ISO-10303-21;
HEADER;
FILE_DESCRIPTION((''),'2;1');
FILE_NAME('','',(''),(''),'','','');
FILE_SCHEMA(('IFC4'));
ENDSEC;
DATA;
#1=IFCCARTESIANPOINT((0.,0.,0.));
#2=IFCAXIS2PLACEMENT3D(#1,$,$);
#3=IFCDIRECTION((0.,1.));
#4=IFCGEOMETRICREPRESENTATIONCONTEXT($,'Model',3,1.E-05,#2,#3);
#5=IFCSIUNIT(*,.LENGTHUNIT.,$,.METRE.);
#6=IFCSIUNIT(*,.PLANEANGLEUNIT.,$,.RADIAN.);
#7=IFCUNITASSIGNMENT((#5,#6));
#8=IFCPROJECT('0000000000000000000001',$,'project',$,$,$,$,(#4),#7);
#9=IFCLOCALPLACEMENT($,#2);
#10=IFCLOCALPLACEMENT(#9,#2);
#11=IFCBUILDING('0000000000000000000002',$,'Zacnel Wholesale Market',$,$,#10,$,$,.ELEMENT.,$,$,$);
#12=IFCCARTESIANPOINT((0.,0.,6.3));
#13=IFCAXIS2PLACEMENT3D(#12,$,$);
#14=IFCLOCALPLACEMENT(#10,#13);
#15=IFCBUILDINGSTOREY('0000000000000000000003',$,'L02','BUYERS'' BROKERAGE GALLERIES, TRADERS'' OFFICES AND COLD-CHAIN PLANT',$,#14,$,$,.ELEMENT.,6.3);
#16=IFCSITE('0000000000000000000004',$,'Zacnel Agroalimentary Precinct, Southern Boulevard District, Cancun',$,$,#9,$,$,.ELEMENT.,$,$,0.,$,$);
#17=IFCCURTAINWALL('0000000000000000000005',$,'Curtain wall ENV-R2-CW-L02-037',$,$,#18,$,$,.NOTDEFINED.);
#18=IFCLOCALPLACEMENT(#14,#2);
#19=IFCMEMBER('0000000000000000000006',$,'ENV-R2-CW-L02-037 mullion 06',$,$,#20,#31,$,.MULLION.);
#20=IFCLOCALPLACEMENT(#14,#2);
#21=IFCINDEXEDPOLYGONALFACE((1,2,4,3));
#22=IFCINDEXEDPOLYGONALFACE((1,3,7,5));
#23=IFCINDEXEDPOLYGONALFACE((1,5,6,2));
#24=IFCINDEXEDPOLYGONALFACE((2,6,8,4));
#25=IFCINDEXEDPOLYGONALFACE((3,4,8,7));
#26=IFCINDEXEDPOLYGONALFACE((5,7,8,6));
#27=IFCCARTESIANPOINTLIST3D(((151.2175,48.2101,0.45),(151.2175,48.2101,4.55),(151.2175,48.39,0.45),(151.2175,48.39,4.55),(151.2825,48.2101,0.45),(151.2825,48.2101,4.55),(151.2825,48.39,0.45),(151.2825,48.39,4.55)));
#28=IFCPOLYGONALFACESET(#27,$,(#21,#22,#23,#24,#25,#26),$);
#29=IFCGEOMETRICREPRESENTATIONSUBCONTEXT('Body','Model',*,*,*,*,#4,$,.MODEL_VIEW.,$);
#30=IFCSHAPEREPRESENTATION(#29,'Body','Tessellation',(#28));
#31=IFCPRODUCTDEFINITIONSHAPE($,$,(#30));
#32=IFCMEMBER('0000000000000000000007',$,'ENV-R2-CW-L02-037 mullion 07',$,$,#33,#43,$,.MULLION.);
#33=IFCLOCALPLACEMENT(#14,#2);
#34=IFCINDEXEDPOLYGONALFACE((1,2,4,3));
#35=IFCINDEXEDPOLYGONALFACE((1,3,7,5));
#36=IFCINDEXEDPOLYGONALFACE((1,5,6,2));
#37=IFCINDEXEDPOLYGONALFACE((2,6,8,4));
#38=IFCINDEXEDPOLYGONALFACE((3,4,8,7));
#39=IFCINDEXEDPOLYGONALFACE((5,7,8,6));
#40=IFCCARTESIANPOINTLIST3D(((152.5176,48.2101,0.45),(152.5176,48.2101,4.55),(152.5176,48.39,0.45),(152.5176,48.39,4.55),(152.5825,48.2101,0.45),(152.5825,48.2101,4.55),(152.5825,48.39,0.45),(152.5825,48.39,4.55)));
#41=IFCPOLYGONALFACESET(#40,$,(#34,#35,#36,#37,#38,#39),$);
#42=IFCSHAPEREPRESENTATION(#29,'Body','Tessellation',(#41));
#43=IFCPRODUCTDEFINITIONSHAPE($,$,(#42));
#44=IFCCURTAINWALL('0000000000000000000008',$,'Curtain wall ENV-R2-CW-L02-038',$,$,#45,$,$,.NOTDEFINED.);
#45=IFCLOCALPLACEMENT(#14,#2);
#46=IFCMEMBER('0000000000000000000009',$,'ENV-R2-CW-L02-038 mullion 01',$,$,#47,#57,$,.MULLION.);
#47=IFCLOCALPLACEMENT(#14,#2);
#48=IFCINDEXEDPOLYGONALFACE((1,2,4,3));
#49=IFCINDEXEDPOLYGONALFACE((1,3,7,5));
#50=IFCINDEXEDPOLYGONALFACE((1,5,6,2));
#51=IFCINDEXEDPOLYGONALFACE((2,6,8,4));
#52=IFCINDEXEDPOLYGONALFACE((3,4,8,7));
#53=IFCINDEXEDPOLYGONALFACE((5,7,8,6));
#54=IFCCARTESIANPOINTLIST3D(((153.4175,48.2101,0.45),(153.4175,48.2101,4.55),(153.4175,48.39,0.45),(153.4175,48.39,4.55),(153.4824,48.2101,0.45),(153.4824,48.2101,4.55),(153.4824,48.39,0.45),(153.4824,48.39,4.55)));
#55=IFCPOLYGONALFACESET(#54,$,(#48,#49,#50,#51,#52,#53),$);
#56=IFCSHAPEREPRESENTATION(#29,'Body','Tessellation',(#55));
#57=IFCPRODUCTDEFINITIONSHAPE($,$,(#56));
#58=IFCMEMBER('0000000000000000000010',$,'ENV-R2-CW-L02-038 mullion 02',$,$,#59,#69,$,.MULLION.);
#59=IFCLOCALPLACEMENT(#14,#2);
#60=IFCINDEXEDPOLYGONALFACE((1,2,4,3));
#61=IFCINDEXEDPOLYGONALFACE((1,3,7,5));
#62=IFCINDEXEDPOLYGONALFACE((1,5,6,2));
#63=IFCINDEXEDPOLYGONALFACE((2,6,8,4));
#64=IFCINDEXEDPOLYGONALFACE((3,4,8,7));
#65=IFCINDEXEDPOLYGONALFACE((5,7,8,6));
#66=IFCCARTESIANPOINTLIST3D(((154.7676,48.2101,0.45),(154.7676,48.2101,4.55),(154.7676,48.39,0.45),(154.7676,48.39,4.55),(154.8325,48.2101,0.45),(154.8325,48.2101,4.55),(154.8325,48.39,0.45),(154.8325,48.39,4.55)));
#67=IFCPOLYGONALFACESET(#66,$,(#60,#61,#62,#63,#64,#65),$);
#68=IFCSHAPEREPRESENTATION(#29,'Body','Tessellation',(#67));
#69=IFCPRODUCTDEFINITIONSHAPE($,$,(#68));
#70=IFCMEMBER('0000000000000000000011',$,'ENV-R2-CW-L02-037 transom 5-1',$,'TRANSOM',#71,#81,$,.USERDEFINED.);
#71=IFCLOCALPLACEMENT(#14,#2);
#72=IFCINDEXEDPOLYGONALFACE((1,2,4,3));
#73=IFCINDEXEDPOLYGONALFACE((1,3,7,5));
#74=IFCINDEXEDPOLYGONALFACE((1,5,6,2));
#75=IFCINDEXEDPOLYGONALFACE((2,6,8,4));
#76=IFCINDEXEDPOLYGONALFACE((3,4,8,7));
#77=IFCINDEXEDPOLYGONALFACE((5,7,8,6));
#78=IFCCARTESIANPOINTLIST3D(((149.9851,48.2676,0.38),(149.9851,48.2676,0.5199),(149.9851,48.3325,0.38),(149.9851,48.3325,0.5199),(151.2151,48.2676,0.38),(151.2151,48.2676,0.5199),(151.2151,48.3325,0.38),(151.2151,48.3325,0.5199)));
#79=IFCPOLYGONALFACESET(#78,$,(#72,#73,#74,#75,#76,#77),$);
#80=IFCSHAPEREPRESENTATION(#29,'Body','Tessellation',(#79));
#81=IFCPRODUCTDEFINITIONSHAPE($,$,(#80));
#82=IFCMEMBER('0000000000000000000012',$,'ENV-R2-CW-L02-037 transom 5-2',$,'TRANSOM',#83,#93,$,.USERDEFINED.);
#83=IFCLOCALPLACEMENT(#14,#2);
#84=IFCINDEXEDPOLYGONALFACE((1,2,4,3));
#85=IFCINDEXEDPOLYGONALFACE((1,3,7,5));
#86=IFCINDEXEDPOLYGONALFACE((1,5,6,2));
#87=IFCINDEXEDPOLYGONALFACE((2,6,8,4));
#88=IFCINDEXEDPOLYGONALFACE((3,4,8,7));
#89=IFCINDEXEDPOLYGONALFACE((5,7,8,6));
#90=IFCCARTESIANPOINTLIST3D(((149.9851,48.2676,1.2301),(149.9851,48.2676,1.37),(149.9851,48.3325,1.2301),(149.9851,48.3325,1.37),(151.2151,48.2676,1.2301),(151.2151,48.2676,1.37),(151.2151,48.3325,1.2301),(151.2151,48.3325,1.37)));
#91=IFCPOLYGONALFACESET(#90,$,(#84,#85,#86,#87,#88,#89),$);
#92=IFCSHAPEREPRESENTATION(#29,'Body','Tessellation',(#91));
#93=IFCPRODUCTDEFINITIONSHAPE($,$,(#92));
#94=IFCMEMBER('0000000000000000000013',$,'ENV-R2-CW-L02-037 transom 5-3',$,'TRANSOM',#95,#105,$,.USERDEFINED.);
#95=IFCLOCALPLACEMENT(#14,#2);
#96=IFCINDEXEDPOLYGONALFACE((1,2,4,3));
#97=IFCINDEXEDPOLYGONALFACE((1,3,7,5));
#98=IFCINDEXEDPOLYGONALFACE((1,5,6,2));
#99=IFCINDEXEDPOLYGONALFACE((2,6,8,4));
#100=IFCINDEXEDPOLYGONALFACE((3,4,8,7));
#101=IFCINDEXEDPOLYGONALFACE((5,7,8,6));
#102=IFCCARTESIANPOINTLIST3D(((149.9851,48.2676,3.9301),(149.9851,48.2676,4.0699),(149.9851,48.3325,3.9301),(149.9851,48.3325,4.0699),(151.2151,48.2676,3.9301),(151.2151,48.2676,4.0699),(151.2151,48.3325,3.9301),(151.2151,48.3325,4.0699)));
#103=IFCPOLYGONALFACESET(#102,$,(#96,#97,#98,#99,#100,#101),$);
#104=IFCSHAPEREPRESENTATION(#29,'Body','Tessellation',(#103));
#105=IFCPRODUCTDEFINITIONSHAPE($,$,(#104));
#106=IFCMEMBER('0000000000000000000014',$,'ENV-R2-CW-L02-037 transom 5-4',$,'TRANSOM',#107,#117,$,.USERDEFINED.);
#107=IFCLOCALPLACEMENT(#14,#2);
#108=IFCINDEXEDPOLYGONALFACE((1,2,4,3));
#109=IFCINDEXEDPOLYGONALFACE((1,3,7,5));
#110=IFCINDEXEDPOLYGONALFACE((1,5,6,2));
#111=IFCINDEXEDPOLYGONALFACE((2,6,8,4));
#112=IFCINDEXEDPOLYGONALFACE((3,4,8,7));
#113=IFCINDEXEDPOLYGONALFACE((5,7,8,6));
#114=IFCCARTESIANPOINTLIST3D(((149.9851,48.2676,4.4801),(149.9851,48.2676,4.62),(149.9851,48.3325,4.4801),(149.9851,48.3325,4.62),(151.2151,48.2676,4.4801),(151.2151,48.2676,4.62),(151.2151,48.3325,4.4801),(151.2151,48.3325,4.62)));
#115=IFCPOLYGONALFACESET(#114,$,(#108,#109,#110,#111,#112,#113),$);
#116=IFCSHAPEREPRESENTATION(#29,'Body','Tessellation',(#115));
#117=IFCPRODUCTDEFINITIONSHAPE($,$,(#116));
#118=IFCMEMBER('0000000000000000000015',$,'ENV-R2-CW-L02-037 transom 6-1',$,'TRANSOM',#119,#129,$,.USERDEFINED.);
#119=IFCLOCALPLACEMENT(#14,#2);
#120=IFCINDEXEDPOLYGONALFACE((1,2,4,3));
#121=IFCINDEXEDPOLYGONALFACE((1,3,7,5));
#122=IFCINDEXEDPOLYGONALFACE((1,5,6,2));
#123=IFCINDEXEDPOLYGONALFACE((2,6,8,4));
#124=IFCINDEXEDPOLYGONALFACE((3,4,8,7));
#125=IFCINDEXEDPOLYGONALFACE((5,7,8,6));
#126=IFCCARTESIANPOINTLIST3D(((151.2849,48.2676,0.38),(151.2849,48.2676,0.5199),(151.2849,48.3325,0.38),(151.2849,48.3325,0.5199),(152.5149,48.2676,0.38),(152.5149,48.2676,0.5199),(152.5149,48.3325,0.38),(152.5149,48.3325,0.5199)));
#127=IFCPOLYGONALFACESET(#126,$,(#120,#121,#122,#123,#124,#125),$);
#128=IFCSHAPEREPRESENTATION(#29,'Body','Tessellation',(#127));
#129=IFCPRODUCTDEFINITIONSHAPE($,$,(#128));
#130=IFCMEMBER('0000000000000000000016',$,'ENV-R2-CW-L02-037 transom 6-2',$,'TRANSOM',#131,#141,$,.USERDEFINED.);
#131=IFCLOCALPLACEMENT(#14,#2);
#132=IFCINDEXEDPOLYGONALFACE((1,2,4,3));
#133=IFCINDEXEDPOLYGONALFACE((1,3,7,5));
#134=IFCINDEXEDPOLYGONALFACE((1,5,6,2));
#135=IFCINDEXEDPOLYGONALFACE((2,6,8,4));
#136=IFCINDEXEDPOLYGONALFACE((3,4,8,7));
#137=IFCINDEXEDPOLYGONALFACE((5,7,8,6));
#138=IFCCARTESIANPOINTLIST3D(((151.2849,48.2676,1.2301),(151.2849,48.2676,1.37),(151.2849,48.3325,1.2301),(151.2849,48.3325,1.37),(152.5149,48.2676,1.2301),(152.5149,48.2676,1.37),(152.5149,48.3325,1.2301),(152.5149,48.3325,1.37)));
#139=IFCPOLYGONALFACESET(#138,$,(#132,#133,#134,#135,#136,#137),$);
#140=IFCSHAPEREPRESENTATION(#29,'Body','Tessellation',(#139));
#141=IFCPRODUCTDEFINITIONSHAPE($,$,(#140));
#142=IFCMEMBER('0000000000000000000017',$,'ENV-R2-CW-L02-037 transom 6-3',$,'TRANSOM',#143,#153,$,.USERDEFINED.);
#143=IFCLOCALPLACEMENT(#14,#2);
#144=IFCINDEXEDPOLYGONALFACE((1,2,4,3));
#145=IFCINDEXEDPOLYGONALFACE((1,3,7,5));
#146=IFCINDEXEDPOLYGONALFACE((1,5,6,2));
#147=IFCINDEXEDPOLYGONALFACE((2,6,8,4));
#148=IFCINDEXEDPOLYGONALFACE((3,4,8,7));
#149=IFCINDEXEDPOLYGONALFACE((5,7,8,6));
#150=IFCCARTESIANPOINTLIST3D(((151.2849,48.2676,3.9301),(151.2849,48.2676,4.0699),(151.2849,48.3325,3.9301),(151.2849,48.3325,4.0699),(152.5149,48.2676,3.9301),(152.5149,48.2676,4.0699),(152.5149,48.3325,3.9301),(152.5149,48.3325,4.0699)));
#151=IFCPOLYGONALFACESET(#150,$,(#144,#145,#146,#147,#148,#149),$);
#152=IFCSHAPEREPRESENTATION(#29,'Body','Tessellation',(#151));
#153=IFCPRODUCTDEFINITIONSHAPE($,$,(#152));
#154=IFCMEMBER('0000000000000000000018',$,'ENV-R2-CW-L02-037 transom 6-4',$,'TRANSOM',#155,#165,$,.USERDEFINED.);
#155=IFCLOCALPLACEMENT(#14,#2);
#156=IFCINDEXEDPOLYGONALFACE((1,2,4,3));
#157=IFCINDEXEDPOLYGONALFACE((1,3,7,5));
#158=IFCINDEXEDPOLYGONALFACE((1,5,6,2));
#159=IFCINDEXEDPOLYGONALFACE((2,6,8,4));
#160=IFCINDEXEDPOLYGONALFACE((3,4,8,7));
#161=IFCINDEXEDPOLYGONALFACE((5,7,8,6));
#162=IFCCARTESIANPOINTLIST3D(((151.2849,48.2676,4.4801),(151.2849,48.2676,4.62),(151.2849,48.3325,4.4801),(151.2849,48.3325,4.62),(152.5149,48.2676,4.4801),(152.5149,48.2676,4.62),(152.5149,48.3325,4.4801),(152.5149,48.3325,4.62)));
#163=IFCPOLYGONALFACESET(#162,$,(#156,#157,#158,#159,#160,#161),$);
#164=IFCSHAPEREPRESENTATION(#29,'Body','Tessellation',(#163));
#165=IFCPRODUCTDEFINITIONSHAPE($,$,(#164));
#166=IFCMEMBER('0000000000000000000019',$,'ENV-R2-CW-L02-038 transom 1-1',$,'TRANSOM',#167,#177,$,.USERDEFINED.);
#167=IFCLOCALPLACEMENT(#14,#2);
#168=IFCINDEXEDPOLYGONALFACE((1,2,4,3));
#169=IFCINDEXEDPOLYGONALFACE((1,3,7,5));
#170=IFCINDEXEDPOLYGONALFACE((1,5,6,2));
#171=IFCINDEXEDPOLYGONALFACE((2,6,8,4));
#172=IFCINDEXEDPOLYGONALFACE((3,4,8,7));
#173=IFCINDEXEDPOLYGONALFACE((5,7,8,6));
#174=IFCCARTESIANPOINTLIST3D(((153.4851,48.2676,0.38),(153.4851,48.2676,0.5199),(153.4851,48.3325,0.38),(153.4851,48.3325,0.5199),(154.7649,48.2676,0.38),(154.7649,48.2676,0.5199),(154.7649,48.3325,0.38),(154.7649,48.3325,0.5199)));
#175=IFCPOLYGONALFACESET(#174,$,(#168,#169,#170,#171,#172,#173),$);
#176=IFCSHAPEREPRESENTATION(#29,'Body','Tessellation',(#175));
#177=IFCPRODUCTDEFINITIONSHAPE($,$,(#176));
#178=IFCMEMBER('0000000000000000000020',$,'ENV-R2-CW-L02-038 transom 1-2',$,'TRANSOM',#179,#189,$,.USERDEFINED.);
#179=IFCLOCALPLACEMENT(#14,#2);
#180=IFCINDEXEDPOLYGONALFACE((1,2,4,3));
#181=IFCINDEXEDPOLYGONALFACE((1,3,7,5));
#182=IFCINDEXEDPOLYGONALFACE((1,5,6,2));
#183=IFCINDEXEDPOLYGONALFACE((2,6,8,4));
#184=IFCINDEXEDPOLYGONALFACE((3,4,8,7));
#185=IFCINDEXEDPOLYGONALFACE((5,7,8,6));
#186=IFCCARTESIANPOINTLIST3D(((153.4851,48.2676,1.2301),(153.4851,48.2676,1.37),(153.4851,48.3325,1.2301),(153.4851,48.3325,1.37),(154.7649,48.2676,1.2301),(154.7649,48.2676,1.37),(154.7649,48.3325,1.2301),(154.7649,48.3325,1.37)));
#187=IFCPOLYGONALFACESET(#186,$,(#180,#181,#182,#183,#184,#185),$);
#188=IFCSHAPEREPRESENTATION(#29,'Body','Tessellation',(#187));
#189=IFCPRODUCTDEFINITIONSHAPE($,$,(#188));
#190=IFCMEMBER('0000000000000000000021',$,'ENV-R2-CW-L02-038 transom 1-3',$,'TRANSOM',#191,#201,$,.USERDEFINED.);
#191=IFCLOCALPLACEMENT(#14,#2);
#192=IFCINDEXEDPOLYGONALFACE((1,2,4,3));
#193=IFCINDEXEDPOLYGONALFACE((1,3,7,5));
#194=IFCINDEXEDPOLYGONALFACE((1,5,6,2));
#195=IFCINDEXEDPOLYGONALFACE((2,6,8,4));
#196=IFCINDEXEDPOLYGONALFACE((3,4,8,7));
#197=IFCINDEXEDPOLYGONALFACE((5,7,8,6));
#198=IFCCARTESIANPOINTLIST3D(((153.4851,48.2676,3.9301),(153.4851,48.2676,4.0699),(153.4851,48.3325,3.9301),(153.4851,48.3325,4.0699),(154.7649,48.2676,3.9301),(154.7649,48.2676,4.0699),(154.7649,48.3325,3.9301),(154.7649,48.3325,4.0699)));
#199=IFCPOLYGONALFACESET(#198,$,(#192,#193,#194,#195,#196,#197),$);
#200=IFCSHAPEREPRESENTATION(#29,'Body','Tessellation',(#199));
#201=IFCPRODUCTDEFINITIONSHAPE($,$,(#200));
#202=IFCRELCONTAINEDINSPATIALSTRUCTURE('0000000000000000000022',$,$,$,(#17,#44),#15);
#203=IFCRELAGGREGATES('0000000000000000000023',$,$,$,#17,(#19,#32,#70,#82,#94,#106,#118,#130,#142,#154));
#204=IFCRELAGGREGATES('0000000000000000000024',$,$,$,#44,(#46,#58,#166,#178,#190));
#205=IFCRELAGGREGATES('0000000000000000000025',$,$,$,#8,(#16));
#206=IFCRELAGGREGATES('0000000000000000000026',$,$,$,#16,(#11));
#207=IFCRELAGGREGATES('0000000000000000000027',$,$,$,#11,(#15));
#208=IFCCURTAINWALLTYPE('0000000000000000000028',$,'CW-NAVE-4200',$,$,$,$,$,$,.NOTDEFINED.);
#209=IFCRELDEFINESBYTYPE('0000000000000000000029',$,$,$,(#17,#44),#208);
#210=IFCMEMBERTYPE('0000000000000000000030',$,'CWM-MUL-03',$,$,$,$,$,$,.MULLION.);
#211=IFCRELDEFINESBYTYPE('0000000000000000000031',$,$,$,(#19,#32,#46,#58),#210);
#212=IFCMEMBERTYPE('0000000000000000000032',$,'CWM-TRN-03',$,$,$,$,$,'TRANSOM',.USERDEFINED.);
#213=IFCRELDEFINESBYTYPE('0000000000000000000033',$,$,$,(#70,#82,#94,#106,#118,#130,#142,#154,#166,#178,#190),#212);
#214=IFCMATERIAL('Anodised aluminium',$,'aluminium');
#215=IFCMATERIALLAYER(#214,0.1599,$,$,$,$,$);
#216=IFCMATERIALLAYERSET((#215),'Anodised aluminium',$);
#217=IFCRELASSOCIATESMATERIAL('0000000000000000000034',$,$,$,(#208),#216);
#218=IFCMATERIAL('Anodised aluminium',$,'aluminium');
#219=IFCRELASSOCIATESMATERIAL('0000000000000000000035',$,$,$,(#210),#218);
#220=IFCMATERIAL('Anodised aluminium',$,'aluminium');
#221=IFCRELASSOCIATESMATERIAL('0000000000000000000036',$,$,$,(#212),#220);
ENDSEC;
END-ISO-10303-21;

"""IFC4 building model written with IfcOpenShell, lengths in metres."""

from ifc_helpers import new_model, si_unit, direction, frame, origin, origin_2d, place, context, subcontext, project, spatial, rectangle, extrude, material, layer, layer_set, material_profile, profile_set, type_object, element, aggregate, save


model = new_model("IFC4")

# Units and contexts
model_context = context("Model", 3, precision=1e-05, world=origin(), true_north=direction((0.0, 1.0)))
body_context = subcontext(model_context, "Body", "Model", "MODEL_VIEW")
ifc_project = project(units=[si_unit("LENGTHUNIT", "METRE"), si_unit("PLANEANGLEUNIT", "RADIAN")], contexts=[model_context])

# Site, building, storey
site_placement = place(None, origin())
site = spatial("IfcSite", under=ifc_project, at=site_placement, Name="Zacnel Agroalimentary Precinct, Southern Boulevard District, Cancun", CompositionType="ELEMENT", RefElevation=0.0)
building_placement = place(site_placement, origin())
building = spatial("IfcBuilding", under=site, at=building_placement, Name="Zacnel Wholesale Market", CompositionType="ELEMENT")
storey_placement = place(building_placement, frame((0.0, 0.0, 6.3)))
storey = spatial("IfcBuildingStorey", under=building, at=storey_placement, Name="L02", Description="BUYERS' BROKERAGE GALLERIES, TRADERS' OFFICES AND COLD-CHAIN PLANT", CompositionType="ELEMENT", Elevation=6.3)

# Curtain walls, members
ifc_material_1 = material(Name="Anodised aluminium", Category="aluminium")
ifc_layer_1 = layer(ifc_material_1, 0.1599)
ifc_layer_set_1 = layer_set([ifc_layer_1], Name="Anodised aluminium")
curtain_wall_type = type_object("IfcCurtainWallType", Name="CW-NAVE-4200", PredefinedType="NOTDEFINED", material=ifc_layer_set_1)
curtain_wall_1_placement = place(storey_placement, origin())
curtain_wall_1 = element("IfcCurtainWall", 1, at=curtain_wall_1_placement, inside=storey, type_object=curtain_wall_type, Name="Curtain wall ENV-R2-CW-L02-037", PredefinedType="NOTDEFINED")
ifc_material_2 = material(Name="Anodised aluminium", Category="aluminium")
ifc_material_profile_1 = material_profile(ifc_material_2, rectangle(XDim=0.0649, YDim=0.1799, at=origin_2d()), Name="AW-MULLION 65x180")
ifc_profile_set_1 = profile_set([ifc_material_profile_1], Name="Anodised aluminium")
member_type_1 = type_object("IfcMemberType", Name="CWM-MUL-03", PredefinedType="MULLION", material=ifc_profile_set_1)
member_1_placement = place(storey_placement, frame((151.25, 48.3, 0.45), z_axis=(0.0, 0.0, 1.0), x_axis=(1.0, 0.0, 0.0)))
member_1 = element("IfcMember", 2, at=member_1_placement, type_object=member_type_1, Name="ENV-R2-CW-L02-037 mullion 06", PredefinedType="MULLION", context=body_context, shape_type="SweptSolid", body=[
    extrude(rectangle(XDim=0.0649, YDim=0.1799, at=origin_2d()), origin(), (0.0, 0.0, 1.0), 4.1001),
])
member_2_placement = place(storey_placement, frame((152.55, 48.3, 0.45), z_axis=(0.0, 0.0, 1.0), x_axis=(1.0, 0.0, 0.0)))
member_2 = element("IfcMember", 3, at=member_2_placement, type_object=member_type_1, Name="ENV-R2-CW-L02-037 mullion 07", PredefinedType="MULLION", context=body_context, shape_type="SweptSolid", body=[
    extrude(rectangle(XDim=0.0649, YDim=0.1799, at=origin_2d()), origin(), (0.0, 0.0, 1.0), 4.1001),
])
curtain_wall_2_placement = place(storey_placement, origin())
curtain_wall_2 = element("IfcCurtainWall", 4, at=curtain_wall_2_placement, inside=storey, type_object=curtain_wall_type, Name="Curtain wall ENV-R2-CW-L02-038", PredefinedType="NOTDEFINED")
member_3_placement = place(storey_placement, frame((153.45, 48.3, 0.45), z_axis=(0.0, 0.0, 1.0), x_axis=(1.0, 0.0, 0.0)))
member_3 = element("IfcMember", 5, at=member_3_placement, type_object=member_type_1, Name="ENV-R2-CW-L02-038 mullion 01", PredefinedType="MULLION", context=body_context, shape_type="SweptSolid", body=[
    extrude(rectangle(XDim=0.0649, YDim=0.1799, at=origin_2d()), origin(), (0.0, 0.0, 1.0), 4.1001),
])
member_4_placement = place(storey_placement, frame((154.8, 48.3, 0.45), z_axis=(0.0, 0.0, 1.0), x_axis=(1.0, 0.0, 0.0)))
member_4 = element("IfcMember", 6, at=member_4_placement, type_object=member_type_1, Name="ENV-R2-CW-L02-038 mullion 02", PredefinedType="MULLION", context=body_context, shape_type="SweptSolid", body=[
    extrude(rectangle(XDim=0.0649, YDim=0.1799, at=origin_2d()), origin(), (0.0, 0.0, 1.0), 4.1001),
])

# Members
ifc_material_3 = material(Name="Anodised aluminium", Category="aluminium")
ifc_material_profile_2 = material_profile(ifc_material_3, rectangle(XDim=0.0649, YDim=0.1399, at=origin_2d()), Name="AW-TRANSOM 65x140")
ifc_profile_set_2 = profile_set([ifc_material_profile_2], Name="Anodised aluminium")
member_type_2 = type_object("IfcMemberType", Name="CWM-TRN-03", ElementType="TRANSOM", PredefinedType="USERDEFINED", material=ifc_profile_set_2)
member_5_placement = place(storey_placement, frame((149.9851, 48.3, 0.45), z_axis=(1.0, 0.0, 0.0), x_axis=(0.0, 1.0, 0.0)))
member_5 = element("IfcMember", 7, at=member_5_placement, type_object=member_type_2, Name="ENV-R2-CW-L02-037 transom 5-1", ObjectType="TRANSOM", PredefinedType="USERDEFINED", context=body_context, shape_type="SweptSolid", body=[
    extrude(rectangle(XDim=0.0649, YDim=0.1399, at=origin_2d()), origin(), (0.0, 0.0, 1.0), 1.23),
])
member_6_placement = place(storey_placement, frame((149.9851, 48.3, 1.3), z_axis=(1.0, 0.0, 0.0), x_axis=(0.0, 1.0, 0.0)))
member_6 = element("IfcMember", 8, at=member_6_placement, type_object=member_type_2, Name="ENV-R2-CW-L02-037 transom 5-2", ObjectType="TRANSOM", PredefinedType="USERDEFINED", context=body_context, shape_type="SweptSolid", body=[
    extrude(rectangle(XDim=0.0649, YDim=0.1399, at=origin_2d()), origin(), (0.0, 0.0, 1.0), 1.23),
])
member_7_placement = place(storey_placement, frame((149.9851, 48.3, 4.0), z_axis=(1.0, 0.0, 0.0), x_axis=(0.0, 1.0, 0.0)))
member_7 = element("IfcMember", 9, at=member_7_placement, type_object=member_type_2, Name="ENV-R2-CW-L02-037 transom 5-3", ObjectType="TRANSOM", PredefinedType="USERDEFINED", context=body_context, shape_type="SweptSolid", body=[
    extrude(rectangle(XDim=0.0649, YDim=0.1399, at=origin_2d()), origin(), (0.0, 0.0, 1.0), 1.23),
])
member_8_placement = place(storey_placement, frame((149.9851, 48.3, 4.55), z_axis=(1.0, 0.0, 0.0), x_axis=(0.0, 1.0, 0.0)))
member_8 = element("IfcMember", 10, at=member_8_placement, type_object=member_type_2, Name="ENV-R2-CW-L02-037 transom 5-4", ObjectType="TRANSOM", PredefinedType="USERDEFINED", context=body_context, shape_type="SweptSolid", body=[
    extrude(rectangle(XDim=0.0649, YDim=0.1399, at=origin_2d()), origin(), (0.0, 0.0, 1.0), 1.23),
])
member_9_placement = place(storey_placement, frame((151.2849, 48.3, 0.45), z_axis=(1.0, 0.0, 0.0), x_axis=(0.0, 1.0, 0.0)))
member_9 = element("IfcMember", 11, at=member_9_placement, type_object=member_type_2, Name="ENV-R2-CW-L02-037 transom 6-1", ObjectType="TRANSOM", PredefinedType="USERDEFINED", context=body_context, shape_type="SweptSolid", body=[
    extrude(rectangle(XDim=0.0649, YDim=0.1399, at=origin_2d()), origin(), (0.0, 0.0, 1.0), 1.23),
])
member_10_placement = place(storey_placement, frame((151.2849, 48.3, 1.3), z_axis=(1.0, 0.0, 0.0), x_axis=(0.0, 1.0, 0.0)))
member_10 = element("IfcMember", 12, at=member_10_placement, type_object=member_type_2, Name="ENV-R2-CW-L02-037 transom 6-2", ObjectType="TRANSOM", PredefinedType="USERDEFINED", context=body_context, shape_type="SweptSolid", body=[
    extrude(rectangle(XDim=0.0649, YDim=0.1399, at=origin_2d()), origin(), (0.0, 0.0, 1.0), 1.23),
])
member_11_placement = place(storey_placement, frame((151.2849, 48.3, 4.0), z_axis=(1.0, 0.0, 0.0), x_axis=(0.0, 1.0, 0.0)))
member_11 = element("IfcMember", 13, at=member_11_placement, type_object=member_type_2, Name="ENV-R2-CW-L02-037 transom 6-3", ObjectType="TRANSOM", PredefinedType="USERDEFINED", context=body_context, shape_type="SweptSolid", body=[
    extrude(rectangle(XDim=0.0649, YDim=0.1399, at=origin_2d()), origin(), (0.0, 0.0, 1.0), 1.23),
])
member_12_placement = place(storey_placement, frame((151.2849, 48.3, 4.55), z_axis=(1.0, 0.0, 0.0), x_axis=(0.0, 1.0, 0.0)))
member_12 = element("IfcMember", 14, at=member_12_placement, type_object=member_type_2, Name="ENV-R2-CW-L02-037 transom 6-4", ObjectType="TRANSOM", PredefinedType="USERDEFINED", context=body_context, shape_type="SweptSolid", body=[
    extrude(rectangle(XDim=0.0649, YDim=0.1399, at=origin_2d()), origin(), (0.0, 0.0, 1.0), 1.23),
])
member_13_placement = place(storey_placement, frame((153.4851, 48.3, 0.45), z_axis=(1.0, 0.0, 0.0), x_axis=(0.0, 1.0, 0.0)))
member_13 = element("IfcMember", 15, at=member_13_placement, type_object=member_type_2, Name="ENV-R2-CW-L02-038 transom 1-1", ObjectType="TRANSOM", PredefinedType="USERDEFINED", context=body_context, shape_type="SweptSolid", body=[
    extrude(rectangle(XDim=0.0649, YDim=0.1399, at=origin_2d()), origin(), (0.0, 0.0, 1.0), 1.2798),
])
member_14_placement = place(storey_placement, frame((153.4851, 48.3, 1.3), z_axis=(1.0, 0.0, 0.0), x_axis=(0.0, 1.0, 0.0)))
member_14 = element("IfcMember", 16, at=member_14_placement, type_object=member_type_2, Name="ENV-R2-CW-L02-038 transom 1-2", ObjectType="TRANSOM", PredefinedType="USERDEFINED", context=body_context, shape_type="SweptSolid", body=[
    extrude(rectangle(XDim=0.0649, YDim=0.1399, at=origin_2d()), origin(), (0.0, 0.0, 1.0), 1.2798),
])
member_15_placement = place(storey_placement, frame((153.4851, 48.3, 4.0), z_axis=(1.0, 0.0, 0.0), x_axis=(0.0, 1.0, 0.0)))
member_15 = element("IfcMember", 17, at=member_15_placement, type_object=member_type_2, Name="ENV-R2-CW-L02-038 transom 1-3", ObjectType="TRANSOM", PredefinedType="USERDEFINED", context=body_context, shape_type="SweptSolid", body=[
    extrude(rectangle(XDim=0.0649, YDim=0.1399, at=origin_2d()), origin(), (0.0, 0.0, 1.0), 1.2798),
])

aggregate(curtain_wall_1, [member_1, member_2, member_5, member_6, member_7, member_8, member_9, member_10, member_11, member_12])
aggregate(curtain_wall_2, [member_3, member_4, member_13, member_14, member_15])

save(model, "model.ifc")
